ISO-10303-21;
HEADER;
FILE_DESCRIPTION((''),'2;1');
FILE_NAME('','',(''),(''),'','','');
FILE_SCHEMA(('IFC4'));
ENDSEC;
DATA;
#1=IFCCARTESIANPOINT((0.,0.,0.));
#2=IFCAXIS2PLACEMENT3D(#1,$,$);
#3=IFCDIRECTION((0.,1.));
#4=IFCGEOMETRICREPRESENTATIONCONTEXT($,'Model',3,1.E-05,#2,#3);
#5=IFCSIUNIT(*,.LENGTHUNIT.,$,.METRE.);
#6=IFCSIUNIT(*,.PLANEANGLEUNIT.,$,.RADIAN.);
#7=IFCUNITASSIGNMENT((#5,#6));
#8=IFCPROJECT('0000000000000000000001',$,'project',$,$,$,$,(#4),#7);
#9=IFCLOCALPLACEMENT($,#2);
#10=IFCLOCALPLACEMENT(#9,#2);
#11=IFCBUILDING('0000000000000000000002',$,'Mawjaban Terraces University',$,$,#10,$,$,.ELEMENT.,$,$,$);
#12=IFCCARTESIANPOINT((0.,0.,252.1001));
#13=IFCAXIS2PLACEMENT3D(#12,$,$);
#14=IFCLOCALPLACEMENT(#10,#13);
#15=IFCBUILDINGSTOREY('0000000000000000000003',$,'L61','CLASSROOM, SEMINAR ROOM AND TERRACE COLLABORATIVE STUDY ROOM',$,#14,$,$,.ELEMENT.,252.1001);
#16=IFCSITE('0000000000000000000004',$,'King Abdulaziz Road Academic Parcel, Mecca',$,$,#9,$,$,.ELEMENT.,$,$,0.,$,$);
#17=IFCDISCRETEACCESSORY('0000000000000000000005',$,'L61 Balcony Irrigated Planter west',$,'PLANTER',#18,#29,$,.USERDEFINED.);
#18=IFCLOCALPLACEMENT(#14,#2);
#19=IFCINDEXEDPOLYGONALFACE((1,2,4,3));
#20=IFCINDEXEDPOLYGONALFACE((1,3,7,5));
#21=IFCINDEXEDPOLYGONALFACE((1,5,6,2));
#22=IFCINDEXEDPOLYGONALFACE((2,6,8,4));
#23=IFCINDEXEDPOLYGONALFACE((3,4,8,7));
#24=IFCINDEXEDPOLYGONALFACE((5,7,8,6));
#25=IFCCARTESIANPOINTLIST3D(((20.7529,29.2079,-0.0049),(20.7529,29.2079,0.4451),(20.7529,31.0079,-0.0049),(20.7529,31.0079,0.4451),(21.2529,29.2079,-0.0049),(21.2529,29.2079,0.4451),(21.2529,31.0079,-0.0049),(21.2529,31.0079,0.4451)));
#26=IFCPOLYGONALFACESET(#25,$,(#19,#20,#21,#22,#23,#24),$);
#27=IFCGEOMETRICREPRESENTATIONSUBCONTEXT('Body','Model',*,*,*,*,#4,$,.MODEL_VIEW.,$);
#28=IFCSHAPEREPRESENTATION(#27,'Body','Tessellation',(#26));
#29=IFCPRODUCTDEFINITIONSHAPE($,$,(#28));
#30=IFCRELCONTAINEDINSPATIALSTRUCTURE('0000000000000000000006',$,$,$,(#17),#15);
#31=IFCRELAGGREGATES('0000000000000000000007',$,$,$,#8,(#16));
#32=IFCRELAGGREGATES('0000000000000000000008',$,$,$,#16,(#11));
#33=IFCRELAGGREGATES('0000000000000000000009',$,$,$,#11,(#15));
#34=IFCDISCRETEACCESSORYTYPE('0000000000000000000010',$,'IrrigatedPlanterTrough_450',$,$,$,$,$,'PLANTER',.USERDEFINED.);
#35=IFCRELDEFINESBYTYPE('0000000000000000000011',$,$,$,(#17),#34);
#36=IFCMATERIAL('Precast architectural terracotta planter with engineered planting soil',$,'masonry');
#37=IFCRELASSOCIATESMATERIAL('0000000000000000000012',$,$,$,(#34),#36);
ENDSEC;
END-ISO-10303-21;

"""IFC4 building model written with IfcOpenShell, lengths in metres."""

from ifc_helpers import new_model, si_unit, direction, frame, origin, origin_2d, place, context, subcontext, project, spatial, rectangle, extrude, material, type_object, element, save


model = new_model("IFC4")

# Units and contexts
model_context = context("Model", 3, precision=1e-05, world=origin(), true_north=direction((0.0, 1.0)))
body_context = subcontext(model_context, "Body", "Model", "MODEL_VIEW")
ifc_project = project(units=[si_unit("LENGTHUNIT", "METRE"), si_unit("PLANEANGLEUNIT", "RADIAN")], contexts=[model_context])

# Site, building, storey
site_placement = place(None, origin())
site = spatial("IfcSite", under=ifc_project, at=site_placement, Name="King Abdulaziz Road Academic Parcel, Mecca", CompositionType="ELEMENT", RefElevation=0.0)
building_placement = place(site_placement, origin())
building = spatial("IfcBuilding", under=site, at=building_placement, Name="Mawjaban Terraces University", CompositionType="ELEMENT")
storey_placement = place(building_placement, frame((0.0, 0.0, 252.1001)))
storey = spatial("IfcBuildingStorey", under=building, at=storey_placement, Name="L61", Description="CLASSROOM, SEMINAR ROOM AND TERRACE COLLABORATIVE STUDY ROOM", CompositionType="ELEMENT", Elevation=252.1001)

# Discrete accessory
ifc_material_1 = material(Name="Precast architectural terracotta planter with engineered planting soil", Category="masonry")
discrete_accessory_type_1 = type_object("IfcDiscreteAccessoryType", Name="IrrigatedPlanterTrough_450", ElementType="PLANTER", PredefinedType="USERDEFINED", material=ifc_material_1)
discrete_accessory_1_placement = place(storey_placement, frame((21.0029, 30.1079, -0.0049), z_axis=(0.0, 0.0, 1.0), x_axis=(0.0, 1.0, 0.0)))
element("IfcDiscreteAccessory", 1, at=discrete_accessory_1_placement, inside=storey, type_object=discrete_accessory_type_1, Name="L61 Balcony Irrigated Planter west", ObjectType="PLANTER", PredefinedType="USERDEFINED", context=body_context, shape_type="SweptSolid", body=[
    extrude(rectangle(XDim=1.8, YDim=0.5, at=origin_2d()), origin(), (0.0, 0.0, 1.0), 0.45),
])

save(model, "model.ifc")
